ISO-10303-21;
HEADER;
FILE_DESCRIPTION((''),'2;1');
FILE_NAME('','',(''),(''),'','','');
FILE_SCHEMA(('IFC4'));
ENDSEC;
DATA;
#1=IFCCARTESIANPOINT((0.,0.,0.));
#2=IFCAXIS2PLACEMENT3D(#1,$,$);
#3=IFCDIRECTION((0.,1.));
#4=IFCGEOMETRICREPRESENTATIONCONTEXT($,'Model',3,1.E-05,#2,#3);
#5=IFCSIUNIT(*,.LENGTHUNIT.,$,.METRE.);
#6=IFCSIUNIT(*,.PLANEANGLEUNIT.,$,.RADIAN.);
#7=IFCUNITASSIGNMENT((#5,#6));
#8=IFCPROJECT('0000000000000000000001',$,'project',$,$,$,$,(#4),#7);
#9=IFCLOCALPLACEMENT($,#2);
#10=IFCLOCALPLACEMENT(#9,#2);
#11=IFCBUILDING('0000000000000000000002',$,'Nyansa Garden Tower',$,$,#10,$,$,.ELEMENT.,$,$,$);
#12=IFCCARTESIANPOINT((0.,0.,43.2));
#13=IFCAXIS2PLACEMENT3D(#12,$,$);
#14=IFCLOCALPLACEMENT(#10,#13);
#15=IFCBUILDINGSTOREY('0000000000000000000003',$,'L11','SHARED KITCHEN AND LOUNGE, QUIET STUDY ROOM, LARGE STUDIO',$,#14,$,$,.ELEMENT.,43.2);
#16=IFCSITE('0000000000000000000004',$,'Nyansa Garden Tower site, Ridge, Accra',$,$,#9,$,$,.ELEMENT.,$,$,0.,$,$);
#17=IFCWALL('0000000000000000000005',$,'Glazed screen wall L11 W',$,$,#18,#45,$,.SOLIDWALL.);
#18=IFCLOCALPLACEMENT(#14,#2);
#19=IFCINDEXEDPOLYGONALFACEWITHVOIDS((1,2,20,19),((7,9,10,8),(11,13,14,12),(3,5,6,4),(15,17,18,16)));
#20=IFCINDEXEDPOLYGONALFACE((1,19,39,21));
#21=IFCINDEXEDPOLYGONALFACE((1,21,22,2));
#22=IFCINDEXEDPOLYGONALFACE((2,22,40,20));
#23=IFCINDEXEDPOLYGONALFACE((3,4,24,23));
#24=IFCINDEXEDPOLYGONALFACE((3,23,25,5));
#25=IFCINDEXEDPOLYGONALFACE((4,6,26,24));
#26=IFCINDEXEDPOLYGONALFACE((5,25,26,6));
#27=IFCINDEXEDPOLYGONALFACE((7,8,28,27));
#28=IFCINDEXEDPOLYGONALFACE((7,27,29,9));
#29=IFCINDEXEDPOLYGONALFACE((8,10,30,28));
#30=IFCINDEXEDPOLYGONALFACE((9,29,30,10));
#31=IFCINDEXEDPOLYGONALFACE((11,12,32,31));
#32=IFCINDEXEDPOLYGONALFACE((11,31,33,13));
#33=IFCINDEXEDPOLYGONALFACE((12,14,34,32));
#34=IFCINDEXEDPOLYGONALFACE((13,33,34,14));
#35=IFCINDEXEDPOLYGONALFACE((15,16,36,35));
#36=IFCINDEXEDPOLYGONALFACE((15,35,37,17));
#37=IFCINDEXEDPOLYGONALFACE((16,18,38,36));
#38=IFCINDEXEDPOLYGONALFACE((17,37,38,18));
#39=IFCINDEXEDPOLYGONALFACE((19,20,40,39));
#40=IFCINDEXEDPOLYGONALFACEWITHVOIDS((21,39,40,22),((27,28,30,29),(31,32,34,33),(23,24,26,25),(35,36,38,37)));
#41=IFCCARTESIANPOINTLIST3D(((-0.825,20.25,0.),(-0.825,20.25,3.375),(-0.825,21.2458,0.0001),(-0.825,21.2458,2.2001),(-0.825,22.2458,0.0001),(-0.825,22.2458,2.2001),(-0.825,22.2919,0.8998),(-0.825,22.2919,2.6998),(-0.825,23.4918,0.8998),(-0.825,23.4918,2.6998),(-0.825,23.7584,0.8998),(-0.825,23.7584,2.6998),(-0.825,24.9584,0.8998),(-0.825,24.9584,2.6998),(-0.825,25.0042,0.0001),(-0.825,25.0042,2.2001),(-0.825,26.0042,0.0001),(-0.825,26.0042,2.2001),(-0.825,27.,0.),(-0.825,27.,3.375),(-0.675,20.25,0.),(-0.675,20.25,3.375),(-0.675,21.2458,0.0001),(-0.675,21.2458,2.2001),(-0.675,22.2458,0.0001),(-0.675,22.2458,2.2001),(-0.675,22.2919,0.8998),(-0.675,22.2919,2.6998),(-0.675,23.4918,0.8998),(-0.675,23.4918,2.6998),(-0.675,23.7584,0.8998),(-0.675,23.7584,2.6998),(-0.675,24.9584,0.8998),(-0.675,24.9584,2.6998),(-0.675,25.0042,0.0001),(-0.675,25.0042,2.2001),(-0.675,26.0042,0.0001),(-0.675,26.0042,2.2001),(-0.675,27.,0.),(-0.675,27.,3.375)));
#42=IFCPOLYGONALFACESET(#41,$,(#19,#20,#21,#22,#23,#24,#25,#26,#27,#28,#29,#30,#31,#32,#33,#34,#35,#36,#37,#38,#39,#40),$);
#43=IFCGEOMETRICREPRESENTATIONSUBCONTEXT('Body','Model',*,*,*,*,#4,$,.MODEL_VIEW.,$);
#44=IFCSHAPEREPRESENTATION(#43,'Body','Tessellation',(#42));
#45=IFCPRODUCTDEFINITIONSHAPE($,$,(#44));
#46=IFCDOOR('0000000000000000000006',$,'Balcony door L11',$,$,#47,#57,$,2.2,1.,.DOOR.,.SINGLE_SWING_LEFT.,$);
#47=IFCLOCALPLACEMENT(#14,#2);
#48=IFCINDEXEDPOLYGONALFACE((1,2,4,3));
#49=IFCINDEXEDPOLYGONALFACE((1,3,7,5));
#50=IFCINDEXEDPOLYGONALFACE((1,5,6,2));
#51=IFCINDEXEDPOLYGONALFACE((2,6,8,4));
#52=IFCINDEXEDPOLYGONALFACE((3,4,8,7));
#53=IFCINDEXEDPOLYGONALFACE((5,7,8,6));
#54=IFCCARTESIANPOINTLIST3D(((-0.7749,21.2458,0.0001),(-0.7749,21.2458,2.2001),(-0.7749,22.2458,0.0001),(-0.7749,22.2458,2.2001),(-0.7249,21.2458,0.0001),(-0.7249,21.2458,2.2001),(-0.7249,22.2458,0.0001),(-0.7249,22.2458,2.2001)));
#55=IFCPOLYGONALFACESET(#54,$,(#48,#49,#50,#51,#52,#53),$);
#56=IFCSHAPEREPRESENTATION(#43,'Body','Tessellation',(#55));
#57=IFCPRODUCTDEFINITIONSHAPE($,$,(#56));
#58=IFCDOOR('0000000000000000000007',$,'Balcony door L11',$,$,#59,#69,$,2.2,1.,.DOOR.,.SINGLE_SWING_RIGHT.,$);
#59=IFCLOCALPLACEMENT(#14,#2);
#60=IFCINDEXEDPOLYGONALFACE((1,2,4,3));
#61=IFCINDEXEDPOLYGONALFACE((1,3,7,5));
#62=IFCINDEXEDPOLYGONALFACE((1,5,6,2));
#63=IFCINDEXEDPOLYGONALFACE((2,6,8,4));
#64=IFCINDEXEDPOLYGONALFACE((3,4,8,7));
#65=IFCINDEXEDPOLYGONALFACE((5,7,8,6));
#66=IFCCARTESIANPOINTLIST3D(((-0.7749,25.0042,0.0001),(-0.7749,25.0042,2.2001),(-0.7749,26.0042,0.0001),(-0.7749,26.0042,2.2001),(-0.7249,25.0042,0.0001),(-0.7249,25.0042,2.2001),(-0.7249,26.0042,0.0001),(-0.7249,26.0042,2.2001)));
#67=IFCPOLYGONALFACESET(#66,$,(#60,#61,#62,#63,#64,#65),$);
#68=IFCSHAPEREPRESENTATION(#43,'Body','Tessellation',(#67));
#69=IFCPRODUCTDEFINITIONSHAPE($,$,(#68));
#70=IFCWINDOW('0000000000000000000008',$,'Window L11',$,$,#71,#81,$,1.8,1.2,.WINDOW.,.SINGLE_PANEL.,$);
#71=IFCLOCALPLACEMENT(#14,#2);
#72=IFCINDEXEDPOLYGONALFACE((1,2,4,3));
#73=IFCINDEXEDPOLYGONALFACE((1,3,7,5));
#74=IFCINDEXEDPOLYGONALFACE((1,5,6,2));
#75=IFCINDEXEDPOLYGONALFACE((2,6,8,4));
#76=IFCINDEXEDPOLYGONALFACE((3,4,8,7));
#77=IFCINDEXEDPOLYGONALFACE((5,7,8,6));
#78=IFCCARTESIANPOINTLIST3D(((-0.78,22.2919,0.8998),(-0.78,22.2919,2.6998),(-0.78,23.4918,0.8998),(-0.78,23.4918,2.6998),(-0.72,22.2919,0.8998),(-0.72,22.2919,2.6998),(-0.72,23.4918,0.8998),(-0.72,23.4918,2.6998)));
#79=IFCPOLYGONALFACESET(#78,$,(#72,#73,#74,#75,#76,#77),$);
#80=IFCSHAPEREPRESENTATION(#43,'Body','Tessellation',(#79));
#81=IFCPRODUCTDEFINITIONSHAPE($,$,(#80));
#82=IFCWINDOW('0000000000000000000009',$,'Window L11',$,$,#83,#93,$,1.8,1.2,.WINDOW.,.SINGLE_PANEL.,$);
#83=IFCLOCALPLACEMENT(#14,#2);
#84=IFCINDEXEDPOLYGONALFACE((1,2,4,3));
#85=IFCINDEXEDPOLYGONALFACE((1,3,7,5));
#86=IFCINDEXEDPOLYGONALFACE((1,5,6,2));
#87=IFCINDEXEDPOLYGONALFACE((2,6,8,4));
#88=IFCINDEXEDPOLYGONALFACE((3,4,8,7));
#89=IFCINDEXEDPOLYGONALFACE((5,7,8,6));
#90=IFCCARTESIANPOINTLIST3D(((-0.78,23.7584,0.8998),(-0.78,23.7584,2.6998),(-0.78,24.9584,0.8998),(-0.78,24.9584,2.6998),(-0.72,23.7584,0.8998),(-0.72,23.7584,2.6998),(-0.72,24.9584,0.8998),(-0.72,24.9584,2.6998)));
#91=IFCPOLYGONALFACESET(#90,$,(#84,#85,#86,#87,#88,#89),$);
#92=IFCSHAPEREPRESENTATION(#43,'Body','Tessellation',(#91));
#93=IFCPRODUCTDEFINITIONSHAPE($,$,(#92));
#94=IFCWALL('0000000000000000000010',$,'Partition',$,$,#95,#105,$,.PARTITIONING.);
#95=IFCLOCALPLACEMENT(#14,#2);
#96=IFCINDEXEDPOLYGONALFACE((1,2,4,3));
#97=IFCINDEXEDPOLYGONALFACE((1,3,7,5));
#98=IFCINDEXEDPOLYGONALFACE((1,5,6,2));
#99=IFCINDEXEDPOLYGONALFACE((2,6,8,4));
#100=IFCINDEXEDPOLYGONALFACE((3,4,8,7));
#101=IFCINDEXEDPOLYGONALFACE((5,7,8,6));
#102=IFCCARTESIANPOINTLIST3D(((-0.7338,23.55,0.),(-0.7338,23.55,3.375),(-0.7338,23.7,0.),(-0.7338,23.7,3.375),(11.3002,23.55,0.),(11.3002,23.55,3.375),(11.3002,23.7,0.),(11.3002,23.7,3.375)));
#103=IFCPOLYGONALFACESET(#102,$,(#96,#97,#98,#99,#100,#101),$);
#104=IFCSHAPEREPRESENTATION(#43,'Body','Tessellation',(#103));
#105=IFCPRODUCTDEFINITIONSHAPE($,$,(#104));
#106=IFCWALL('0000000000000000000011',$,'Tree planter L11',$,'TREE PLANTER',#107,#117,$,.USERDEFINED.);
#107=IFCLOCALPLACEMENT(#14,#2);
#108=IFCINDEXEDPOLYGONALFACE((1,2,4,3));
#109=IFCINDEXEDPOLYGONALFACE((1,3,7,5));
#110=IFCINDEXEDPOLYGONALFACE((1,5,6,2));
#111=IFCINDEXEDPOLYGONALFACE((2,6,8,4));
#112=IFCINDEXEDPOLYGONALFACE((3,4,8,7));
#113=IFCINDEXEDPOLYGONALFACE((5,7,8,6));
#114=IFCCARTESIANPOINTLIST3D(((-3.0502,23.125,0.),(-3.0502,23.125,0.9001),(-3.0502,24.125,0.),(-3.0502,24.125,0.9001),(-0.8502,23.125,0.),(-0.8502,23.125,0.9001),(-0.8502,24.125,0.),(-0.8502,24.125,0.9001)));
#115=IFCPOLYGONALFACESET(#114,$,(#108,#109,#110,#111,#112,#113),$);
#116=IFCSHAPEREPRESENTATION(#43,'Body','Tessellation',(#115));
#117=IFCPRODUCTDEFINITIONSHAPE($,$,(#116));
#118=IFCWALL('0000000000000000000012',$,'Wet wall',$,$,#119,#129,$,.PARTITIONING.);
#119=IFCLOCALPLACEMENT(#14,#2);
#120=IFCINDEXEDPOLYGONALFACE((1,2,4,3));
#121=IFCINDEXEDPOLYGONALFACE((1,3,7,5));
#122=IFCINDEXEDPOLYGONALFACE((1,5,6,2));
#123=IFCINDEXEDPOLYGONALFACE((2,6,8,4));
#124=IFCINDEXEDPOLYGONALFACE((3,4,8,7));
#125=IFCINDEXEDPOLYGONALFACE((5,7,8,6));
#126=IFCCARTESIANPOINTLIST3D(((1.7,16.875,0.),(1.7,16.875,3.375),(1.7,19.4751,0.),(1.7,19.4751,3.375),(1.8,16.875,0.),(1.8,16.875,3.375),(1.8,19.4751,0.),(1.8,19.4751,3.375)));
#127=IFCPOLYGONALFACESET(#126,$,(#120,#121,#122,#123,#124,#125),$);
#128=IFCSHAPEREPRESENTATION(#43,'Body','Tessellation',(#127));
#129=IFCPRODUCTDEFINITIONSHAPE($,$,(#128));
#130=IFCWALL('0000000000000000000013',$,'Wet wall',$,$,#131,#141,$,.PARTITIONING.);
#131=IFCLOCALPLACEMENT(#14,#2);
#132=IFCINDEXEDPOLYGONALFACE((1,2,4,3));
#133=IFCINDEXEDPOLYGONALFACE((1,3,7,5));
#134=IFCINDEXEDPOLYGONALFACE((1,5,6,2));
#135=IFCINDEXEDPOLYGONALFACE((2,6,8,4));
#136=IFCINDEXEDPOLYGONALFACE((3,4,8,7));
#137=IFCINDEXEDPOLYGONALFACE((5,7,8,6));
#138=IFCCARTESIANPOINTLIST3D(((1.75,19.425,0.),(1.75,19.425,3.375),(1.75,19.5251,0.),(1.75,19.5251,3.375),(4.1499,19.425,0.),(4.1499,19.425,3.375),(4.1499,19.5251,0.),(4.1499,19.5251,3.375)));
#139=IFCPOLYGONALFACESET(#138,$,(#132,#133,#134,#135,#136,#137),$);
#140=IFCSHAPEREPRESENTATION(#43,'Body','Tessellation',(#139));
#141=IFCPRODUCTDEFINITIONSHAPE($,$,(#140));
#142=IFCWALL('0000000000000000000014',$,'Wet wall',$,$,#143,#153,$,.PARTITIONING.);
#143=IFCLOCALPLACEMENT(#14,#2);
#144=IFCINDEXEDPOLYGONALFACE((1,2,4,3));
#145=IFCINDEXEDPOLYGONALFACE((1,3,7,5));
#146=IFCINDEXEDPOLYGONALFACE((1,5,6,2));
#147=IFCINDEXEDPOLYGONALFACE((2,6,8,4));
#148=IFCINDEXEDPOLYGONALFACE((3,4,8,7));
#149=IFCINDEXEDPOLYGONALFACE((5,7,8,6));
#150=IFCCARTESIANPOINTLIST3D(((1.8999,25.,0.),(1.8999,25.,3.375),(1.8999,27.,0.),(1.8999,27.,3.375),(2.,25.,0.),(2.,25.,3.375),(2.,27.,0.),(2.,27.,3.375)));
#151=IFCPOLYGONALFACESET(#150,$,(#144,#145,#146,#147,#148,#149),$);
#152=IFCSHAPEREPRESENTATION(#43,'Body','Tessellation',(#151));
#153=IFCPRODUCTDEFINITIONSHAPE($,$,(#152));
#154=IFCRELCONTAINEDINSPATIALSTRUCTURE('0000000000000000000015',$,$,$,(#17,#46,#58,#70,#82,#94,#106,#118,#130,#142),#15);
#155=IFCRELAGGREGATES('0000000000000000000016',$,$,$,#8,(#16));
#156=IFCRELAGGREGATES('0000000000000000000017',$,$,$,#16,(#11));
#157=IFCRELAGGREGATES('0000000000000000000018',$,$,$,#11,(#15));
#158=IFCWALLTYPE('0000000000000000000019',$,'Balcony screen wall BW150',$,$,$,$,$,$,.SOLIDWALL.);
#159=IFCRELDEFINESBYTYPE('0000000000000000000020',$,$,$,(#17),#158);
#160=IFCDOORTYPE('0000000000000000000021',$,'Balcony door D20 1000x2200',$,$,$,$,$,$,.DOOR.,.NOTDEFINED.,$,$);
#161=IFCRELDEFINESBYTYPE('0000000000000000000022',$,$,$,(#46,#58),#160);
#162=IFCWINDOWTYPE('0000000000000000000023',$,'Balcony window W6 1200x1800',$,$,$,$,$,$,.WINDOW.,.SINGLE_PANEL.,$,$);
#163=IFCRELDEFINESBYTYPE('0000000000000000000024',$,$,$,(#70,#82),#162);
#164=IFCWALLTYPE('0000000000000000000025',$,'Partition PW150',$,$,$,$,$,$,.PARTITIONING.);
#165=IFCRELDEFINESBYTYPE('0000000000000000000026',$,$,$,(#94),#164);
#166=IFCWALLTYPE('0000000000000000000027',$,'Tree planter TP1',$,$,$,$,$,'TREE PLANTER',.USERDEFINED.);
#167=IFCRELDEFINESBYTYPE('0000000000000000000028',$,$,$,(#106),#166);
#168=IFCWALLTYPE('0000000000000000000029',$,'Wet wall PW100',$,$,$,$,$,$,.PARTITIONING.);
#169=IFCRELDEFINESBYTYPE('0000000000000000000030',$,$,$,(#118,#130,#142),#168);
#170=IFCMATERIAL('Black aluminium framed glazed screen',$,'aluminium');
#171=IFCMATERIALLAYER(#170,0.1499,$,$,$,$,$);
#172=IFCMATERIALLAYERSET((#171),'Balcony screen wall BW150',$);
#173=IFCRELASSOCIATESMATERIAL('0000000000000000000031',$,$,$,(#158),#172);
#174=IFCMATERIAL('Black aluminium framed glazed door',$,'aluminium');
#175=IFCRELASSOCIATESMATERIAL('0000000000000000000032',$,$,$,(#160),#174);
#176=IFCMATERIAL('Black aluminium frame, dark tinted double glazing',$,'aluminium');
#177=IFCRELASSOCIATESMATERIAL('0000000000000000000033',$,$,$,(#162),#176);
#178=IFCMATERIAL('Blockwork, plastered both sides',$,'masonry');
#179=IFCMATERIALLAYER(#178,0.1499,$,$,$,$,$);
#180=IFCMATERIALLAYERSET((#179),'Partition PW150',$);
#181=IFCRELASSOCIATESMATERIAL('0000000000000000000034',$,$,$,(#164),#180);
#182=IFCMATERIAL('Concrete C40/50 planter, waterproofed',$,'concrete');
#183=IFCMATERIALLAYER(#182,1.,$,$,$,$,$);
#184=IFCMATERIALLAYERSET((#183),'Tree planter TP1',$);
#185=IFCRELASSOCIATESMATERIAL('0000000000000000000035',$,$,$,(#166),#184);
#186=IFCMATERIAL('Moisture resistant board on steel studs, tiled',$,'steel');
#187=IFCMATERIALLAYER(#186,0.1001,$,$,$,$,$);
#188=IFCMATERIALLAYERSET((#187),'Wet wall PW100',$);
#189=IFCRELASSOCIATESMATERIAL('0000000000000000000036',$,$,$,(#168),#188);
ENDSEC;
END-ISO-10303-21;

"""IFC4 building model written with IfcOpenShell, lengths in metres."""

from ifc_helpers import new_model, si_unit, direction, frame, frame_2d, origin, place, context, subcontext, project, spatial, rectangle, extrude, material, layer, layer_set, type_object, element, fill, save


model = new_model("IFC4")

# Units and contexts
model_context = context("Model", 3, precision=1e-05, world=origin(), true_north=direction((0.0, 1.0)))
body_context = subcontext(model_context, "Body", "Model", "MODEL_VIEW")
ifc_project = project(units=[si_unit("LENGTHUNIT", "METRE"), si_unit("PLANEANGLEUNIT", "RADIAN")], contexts=[model_context])

# Site, building, storey
site_placement = place(None, origin())
site = spatial("IfcSite", under=ifc_project, at=site_placement, Name="Nyansa Garden Tower site, Ridge, Accra", CompositionType="ELEMENT", RefElevation=0.0)
building_placement = place(site_placement, origin())
building = spatial("IfcBuilding", under=site, at=building_placement, Name="Nyansa Garden Tower", CompositionType="ELEMENT")
storey_placement = place(building_placement, frame((0.0, 0.0, 43.2)))
storey = spatial("IfcBuildingStorey", under=building, at=storey_placement, Name="L11", Description="SHARED KITCHEN AND LOUNGE, QUIET STUDY ROOM, LARGE STUDIO", CompositionType="ELEMENT", Elevation=43.2)

# Wall, openings, doors, windows
ifc_material_1 = material(Name="Black aluminium framed glazed screen", Category="aluminium")
ifc_layer_1 = layer(ifc_material_1, 0.1499)
ifc_layer_set_1 = layer_set([ifc_layer_1], Name="Balcony screen wall BW150")
wall_type_1 = type_object("IfcWallType", Name="Balcony screen wall BW150", PredefinedType="SOLIDWALL", material=ifc_layer_set_1)
wall_1_placement = place(storey_placement, frame((-0.75, 20.25, 0.0), z_axis=(0.0, 0.0, 1.0), x_axis=(0.0, 1.0, 0.0)))
wall_1 = element("IfcWall", 1, at=wall_1_placement, inside=storey, type_object=wall_type_1, Name="Glazed screen wall L11 W", PredefinedType="SOLIDWALL", context=body_context, shape_type="SweptSolid", body=[
    extrude(rectangle(XDim=6.75, YDim=0.1499, at=frame_2d((3.375, 0.0))), origin(), (0.0, 0.0, 1.0), 3.375),
])
opening_1_placement = place(wall_1_placement, frame((0.9958, 0.0, 0.0)))
opening_1 = element("IfcOpeningElement", 2, at=opening_1_placement, cuts=wall_1, PredefinedType="OPENING", context=body_context, shape_type="SweptSolid", body=[
    extrude(rectangle(XDim=1.0, YDim=2.2, at=frame_2d((0.5, 1.1001))), frame((0.0, 0.085, 0.0), z_axis=(0.0, -1.0, 0.0), x_axis=(1.0, 0.0, 0.0)), (0.0, 0.0, 1.0), 0.1699),
])
opening_2_placement = place(wall_1_placement, frame((2.0417, 0.0, 0.8999)))
opening_2 = element("IfcOpeningElement", 3, at=opening_2_placement, cuts=wall_1, PredefinedType="OPENING", context=body_context, shape_type="SweptSolid", body=[
    extrude(rectangle(XDim=1.2, YDim=1.8, at=frame_2d((0.6001, 0.8999))), frame((0.0, 0.085, 0.0), z_axis=(0.0, -1.0, 0.0), x_axis=(1.0, 0.0, 0.0)), (0.0, 0.0, 1.0), 0.1699),
])
opening_3_placement = place(wall_1_placement, frame((4.7542, 0.0, 0.0)))
opening_3 = element("IfcOpeningElement", 4, at=opening_3_placement, cuts=wall_1, PredefinedType="OPENING", context=body_context, shape_type="SweptSolid", body=[
    extrude(rectangle(XDim=1.0, YDim=2.2, at=frame_2d((0.5, 1.1001))), frame((0.0, 0.085, 0.0), z_axis=(0.0, -1.0, 0.0), x_axis=(1.0, 0.0, 0.0)), (0.0, 0.0, 1.0), 0.1699),
])
opening_4_placement = place(wall_1_placement, frame((3.5083, 0.0, 0.8999)))
opening_4 = element("IfcOpeningElement", 5, at=opening_4_placement, cuts=wall_1, PredefinedType="OPENING", context=body_context, shape_type="SweptSolid", body=[
    extrude(rectangle(XDim=1.2, YDim=1.8, at=frame_2d((0.6001, 0.8999))), frame((0.0, 0.085, 0.0), z_axis=(0.0, -1.0, 0.0), x_axis=(1.0, 0.0, 0.0)), (0.0, 0.0, 1.0), 0.1699),
])
ifc_material_2 = material(Name="Black aluminium framed glazed door", Category="aluminium")
door_type_1 = type_object("IfcDoorType", Name="Balcony door D20 1000x2200", OperationType="NOTDEFINED", PredefinedType="DOOR", material=ifc_material_2)
door_1_placement = place(opening_1_placement, origin())
door_1 = element("IfcDoor", 6, at=door_1_placement, inside=storey, type_object=door_type_1, Name="Balcony door L11", OperationType="SINGLE_SWING_LEFT", OverallHeight=2.2, OverallWidth=1.0, PredefinedType="DOOR", context=body_context, shape_type="SweptSolid", body=[
    extrude(rectangle(XDim=1.0, YDim=2.2, at=frame_2d((0.5, 1.1001))), frame((0.0, 0.0249, 0.0), z_axis=(0.0, -1.0, 0.0), x_axis=(1.0, 0.0, 0.0)), (0.0, 0.0, 1.0), 0.05),
])
fill(opening_1, door_1)
door_2_placement = place(opening_3_placement, origin())
door_2 = element("IfcDoor", 7, at=door_2_placement, inside=storey, type_object=door_type_1, Name="Balcony door L11", OperationType="SINGLE_SWING_RIGHT", OverallHeight=2.2, OverallWidth=1.0, PredefinedType="DOOR", context=body_context, shape_type="SweptSolid", body=[
    extrude(rectangle(XDim=1.0, YDim=2.2, at=frame_2d((0.5, 1.1001))), frame((0.0, 0.0249, 0.0), z_axis=(0.0, -1.0, 0.0), x_axis=(1.0, 0.0, 0.0)), (0.0, 0.0, 1.0), 0.05),
])
fill(opening_3, door_2)
ifc_material_3 = material(Name="Black aluminium frame, dark tinted double glazing", Category="aluminium")
window_type = type_object("IfcWindowType", Name="Balcony window W6 1200x1800", PartitioningType="SINGLE_PANEL", PredefinedType="WINDOW", material=ifc_material_3)
window_1_placement = place(opening_2_placement, origin())
window_1 = element("IfcWindow", 8, at=window_1_placement, inside=storey, type_object=window_type, Name="Window L11", OverallHeight=1.8, OverallWidth=1.2, PartitioningType="SINGLE_PANEL", PredefinedType="WINDOW", context=body_context, shape_type="SweptSolid", body=[
    extrude(rectangle(XDim=1.2, YDim=1.8, at=frame_2d((0.6001, 0.8999))), frame((0.0, 0.03, 0.0), z_axis=(0.0, -1.0, 0.0), x_axis=(1.0, 0.0, 0.0)), (0.0, 0.0, 1.0), 0.0601),
])
fill(opening_2, window_1)
window_2_placement = place(opening_4_placement, origin())
window_2 = element("IfcWindow", 9, at=window_2_placement, inside=storey, type_object=window_type, Name="Window L11", OverallHeight=1.8, OverallWidth=1.2, PartitioningType="SINGLE_PANEL", PredefinedType="WINDOW", context=body_context, shape_type="SweptSolid", body=[
    extrude(rectangle(XDim=1.2, YDim=1.8, at=frame_2d((0.6001, 0.8999))), frame((0.0, 0.03, 0.0), z_axis=(0.0, -1.0, 0.0), x_axis=(1.0, 0.0, 0.0)), (0.0, 0.0, 1.0), 0.0601),
])
fill(opening_4, window_2)

# Walls
ifc_material_4 = material(Name="Blockwork, plastered both sides", Category="masonry")
ifc_layer_2 = layer(ifc_material_4, 0.1499)
ifc_layer_set_2 = layer_set([ifc_layer_2], Name="Partition PW150")
wall_type_2 = type_object("IfcWallType", Name="Partition PW150", PredefinedType="PARTITIONING", material=ifc_layer_set_2)
wall_2_placement = place(storey_placement, frame((-0.7339, 23.625, 0.0), z_axis=(0.0, 0.0, 1.0), x_axis=(1.0, 0.0, 0.0)))
element("IfcWall", 10, at=wall_2_placement, inside=storey, type_object=wall_type_2, Name="Partition", PredefinedType="PARTITIONING", context=body_context, shape_type="SweptSolid", body=[
    extrude(rectangle(XDim=12.0339, YDim=0.1499, at=frame_2d((6.0171, 0.0))), origin(), (0.0, 0.0, 1.0), 3.375),
])
ifc_material_5 = material(Name="Concrete C40/50 planter, waterproofed", Category="concrete")
ifc_layer_3 = layer(ifc_material_5, 1.0)
ifc_layer_set_3 = layer_set([ifc_layer_3], Name="Tree planter TP1")
wall_type_3 = type_object("IfcWallType", Name="Tree planter TP1", ElementType="TREE PLANTER", PredefinedType="USERDEFINED", material=ifc_layer_set_3)
wall_3_placement = place(storey_placement, frame((-0.8501, 23.625, 0.0), z_axis=(0.0, 0.0, 1.0), x_axis=(-1.0, 0.0, 0.0)))
element("IfcWall", 11, at=wall_3_placement, inside=storey, type_object=wall_type_3, Name="Tree planter L11", ObjectType="TREE PLANTER", PredefinedType="USERDEFINED", context=body_context, shape_type="SweptSolid", body=[
    extrude(rectangle(XDim=2.2, YDim=1.0, at=frame_2d((1.1001, 0.0))), origin(), (0.0, 0.0, 1.0), 0.9001),
])
ifc_material_6 = material(Name="Moisture resistant board on steel studs, tiled", Category="steel")
ifc_layer_4 = layer(ifc_material_6, 0.1001)
ifc_layer_set_4 = layer_set([ifc_layer_4], Name="Wet wall PW100")
wall_type_4 = type_object("IfcWallType", Name="Wet wall PW100", PredefinedType="PARTITIONING", material=ifc_layer_set_4)
wall_4_placement = place(storey_placement, frame((1.75, 16.875, 0.0), z_axis=(0.0, 0.0, 1.0), x_axis=(0.0, 1.0, 0.0)))
element("IfcWall", 12, at=wall_4_placement, inside=storey, type_object=wall_type_4, Name="Wet wall", PredefinedType="PARTITIONING", context=body_context, shape_type="SweptSolid", body=[
    extrude(rectangle(XDim=2.6001, YDim=0.1001, at=frame_2d((1.3, 0.0))), origin(), (0.0, 0.0, 1.0), 3.375),
])
wall_5_placement = place(storey_placement, frame((1.75, 19.4751, 0.0), z_axis=(0.0, 0.0, 1.0), x_axis=(1.0, 0.0, 0.0)))
element("IfcWall", 13, at=wall_5_placement, inside=storey, type_object=wall_type_4, Name="Wet wall", PredefinedType="PARTITIONING", context=body_context, shape_type="SweptSolid", body=[
    extrude(rectangle(XDim=2.3999, YDim=0.1001, at=frame_2d((1.2, 0.0))), origin(), (0.0, 0.0, 1.0), 3.375),
])
wall_6_placement = place(storey_placement, frame((1.95, 25.0, 0.0), z_axis=(0.0, 0.0, 1.0), x_axis=(0.0, 1.0, 0.0)))
element("IfcWall", 14, at=wall_6_placement, inside=storey, type_object=wall_type_4, Name="Wet wall", PredefinedType="PARTITIONING", context=body_context, shape_type="SweptSolid", body=[
    extrude(rectangle(XDim=2.0, YDim=0.1001, at=frame_2d((1.0, 0.0))), origin(), (0.0, 0.0, 1.0), 3.375),
])

save(model, "model.ifc")
